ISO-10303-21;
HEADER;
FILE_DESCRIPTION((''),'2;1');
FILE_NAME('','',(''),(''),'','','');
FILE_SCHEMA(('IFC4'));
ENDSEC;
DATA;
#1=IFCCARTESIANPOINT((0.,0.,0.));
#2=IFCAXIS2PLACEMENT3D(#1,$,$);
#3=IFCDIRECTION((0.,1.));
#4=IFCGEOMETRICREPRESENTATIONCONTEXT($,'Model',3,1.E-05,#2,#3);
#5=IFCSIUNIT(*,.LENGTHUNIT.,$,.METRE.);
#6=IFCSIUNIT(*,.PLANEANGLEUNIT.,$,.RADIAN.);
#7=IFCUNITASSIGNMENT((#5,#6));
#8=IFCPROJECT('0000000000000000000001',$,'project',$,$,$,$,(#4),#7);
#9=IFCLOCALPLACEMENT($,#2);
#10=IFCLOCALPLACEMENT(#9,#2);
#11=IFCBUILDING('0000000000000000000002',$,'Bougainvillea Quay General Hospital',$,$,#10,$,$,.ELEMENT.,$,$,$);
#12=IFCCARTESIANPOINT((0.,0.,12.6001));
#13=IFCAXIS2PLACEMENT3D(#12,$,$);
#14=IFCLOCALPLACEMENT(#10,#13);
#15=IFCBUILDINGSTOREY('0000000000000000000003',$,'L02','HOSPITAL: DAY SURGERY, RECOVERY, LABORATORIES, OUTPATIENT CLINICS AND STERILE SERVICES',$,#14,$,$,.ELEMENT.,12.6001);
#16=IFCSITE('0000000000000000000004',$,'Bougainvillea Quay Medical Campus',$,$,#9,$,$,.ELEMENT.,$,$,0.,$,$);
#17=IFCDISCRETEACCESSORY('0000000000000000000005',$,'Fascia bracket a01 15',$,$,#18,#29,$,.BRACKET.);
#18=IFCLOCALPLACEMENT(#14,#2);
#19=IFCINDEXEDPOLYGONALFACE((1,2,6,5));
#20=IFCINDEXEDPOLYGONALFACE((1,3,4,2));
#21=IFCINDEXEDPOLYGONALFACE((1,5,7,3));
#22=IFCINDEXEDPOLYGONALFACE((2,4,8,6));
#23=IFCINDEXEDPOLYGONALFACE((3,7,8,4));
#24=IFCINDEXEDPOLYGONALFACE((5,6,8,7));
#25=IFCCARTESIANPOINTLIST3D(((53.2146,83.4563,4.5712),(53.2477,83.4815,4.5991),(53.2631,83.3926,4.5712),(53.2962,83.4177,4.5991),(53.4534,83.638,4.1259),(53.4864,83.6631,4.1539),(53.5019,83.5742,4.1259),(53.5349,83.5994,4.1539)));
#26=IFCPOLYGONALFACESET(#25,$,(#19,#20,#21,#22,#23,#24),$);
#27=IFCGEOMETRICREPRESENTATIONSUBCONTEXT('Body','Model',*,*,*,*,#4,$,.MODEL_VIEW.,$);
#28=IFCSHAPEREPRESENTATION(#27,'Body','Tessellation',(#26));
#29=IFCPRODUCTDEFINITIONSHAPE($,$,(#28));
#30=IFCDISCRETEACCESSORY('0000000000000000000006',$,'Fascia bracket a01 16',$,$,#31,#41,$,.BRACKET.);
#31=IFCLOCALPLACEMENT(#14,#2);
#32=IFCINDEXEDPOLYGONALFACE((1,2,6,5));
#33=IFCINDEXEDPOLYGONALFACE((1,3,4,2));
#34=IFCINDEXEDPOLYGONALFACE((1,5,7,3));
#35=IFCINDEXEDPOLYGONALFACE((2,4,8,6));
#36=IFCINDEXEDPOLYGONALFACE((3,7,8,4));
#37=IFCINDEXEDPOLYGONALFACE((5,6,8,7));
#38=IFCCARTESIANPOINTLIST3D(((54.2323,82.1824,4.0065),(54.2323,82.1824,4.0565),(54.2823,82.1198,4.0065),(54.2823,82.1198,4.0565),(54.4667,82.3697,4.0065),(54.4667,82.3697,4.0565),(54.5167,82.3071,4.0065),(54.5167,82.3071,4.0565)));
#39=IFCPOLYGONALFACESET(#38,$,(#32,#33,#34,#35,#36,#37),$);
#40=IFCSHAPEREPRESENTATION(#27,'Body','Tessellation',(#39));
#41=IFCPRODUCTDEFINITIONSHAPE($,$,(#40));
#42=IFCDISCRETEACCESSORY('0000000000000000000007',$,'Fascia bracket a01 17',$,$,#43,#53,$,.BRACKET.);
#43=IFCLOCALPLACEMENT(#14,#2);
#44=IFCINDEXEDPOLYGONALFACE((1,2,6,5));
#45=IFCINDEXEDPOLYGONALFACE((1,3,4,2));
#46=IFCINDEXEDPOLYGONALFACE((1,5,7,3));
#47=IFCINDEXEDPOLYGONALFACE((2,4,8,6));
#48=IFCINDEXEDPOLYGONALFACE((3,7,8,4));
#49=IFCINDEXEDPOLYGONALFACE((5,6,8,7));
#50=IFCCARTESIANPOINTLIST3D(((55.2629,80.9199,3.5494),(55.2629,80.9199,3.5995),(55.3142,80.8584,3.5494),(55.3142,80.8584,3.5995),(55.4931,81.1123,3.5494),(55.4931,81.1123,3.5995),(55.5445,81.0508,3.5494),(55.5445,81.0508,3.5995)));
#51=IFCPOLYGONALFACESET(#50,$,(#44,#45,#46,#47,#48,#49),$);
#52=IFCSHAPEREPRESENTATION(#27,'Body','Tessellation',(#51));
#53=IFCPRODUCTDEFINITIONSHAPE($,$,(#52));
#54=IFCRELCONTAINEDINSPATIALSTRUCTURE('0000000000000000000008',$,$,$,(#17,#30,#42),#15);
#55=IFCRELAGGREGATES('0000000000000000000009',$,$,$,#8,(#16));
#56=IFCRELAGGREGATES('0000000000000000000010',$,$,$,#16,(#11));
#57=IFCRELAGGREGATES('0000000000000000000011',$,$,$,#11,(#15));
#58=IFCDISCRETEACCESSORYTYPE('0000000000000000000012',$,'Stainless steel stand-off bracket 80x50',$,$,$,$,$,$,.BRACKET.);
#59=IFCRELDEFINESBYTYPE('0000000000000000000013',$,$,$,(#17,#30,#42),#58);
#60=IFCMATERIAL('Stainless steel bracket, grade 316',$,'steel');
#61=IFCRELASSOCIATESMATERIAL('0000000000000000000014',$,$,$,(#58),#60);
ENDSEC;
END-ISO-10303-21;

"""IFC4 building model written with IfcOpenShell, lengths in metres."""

from ifc_helpers import new_model, si_unit, direction, frame, origin, origin_2d, place, context, subcontext, project, spatial, rectangle, extrude, material, material_profile, profile_set, type_object, element, save


model = new_model("IFC4")

# Units and contexts
model_context = context("Model", 3, precision=1e-05, world=origin(), true_north=direction((0.0, 1.0)))
body_context = subcontext(model_context, "Body", "Model", "MODEL_VIEW")
ifc_project = project(units=[si_unit("LENGTHUNIT", "METRE"), si_unit("PLANEANGLEUNIT", "RADIAN")], contexts=[model_context])

# Site, building, storey
site_placement = place(None, origin())
site = spatial("IfcSite", under=ifc_project, at=site_placement, Name="Bougainvillea Quay Medical Campus", CompositionType="ELEMENT", RefElevation=0.0)
building_placement = place(site_placement, origin())
building = spatial("IfcBuilding", under=site, at=building_placement, Name="Bougainvillea Quay General Hospital", CompositionType="ELEMENT")
storey_placement = place(building_placement, frame((0.0, 0.0, 12.6001)))
storey = spatial("IfcBuildingStorey", under=building, at=storey_placement, Name="L02", Description="HOSPITAL: DAY SURGERY, RECOVERY, LABORATORIES, OUTPATIENT CLINICS AND STERILE SERVICES", CompositionType="ELEMENT", Elevation=12.6001)

# Discrete accessories
ifc_material_1 = material(Name="Stainless steel bracket, grade 316", Category="steel")
ifc_material_profile_1 = material_profile(ifc_material_1, rectangle(XDim=0.0801, YDim=0.05, at=origin_2d()))
ifc_profile_set_1 = profile_set([ifc_material_profile_1], Name="Stainless steel bracket, grade 316")
discrete_accessory_type = type_object("IfcDiscreteAccessoryType", Name="Stainless steel stand-off bracket 80x50", PredefinedType="BRACKET", material=ifc_profile_set_1)
discrete_accessory_placement = place(storey_placement, frame((53.4941, 83.6187, 4.1399), z_axis=(-0.444683, -0.338287, 0.829348), x_axis=(0.605455, -0.79588, 0.0)))
element("IfcDiscreteAccessory", 1, at=discrete_accessory_placement, inside=storey, type_object=discrete_accessory_type, Name="Fascia bracket a01 15", PredefinedType="BRACKET", context=body_context, shape_type="SweptSolid", body=[
    extrude(rectangle(XDim=0.0801, YDim=0.05, at=origin_2d()), origin(), (0.0, 0.0, 1.0), 0.5369),
])
for number, where, z_axis, x_axis, name in (
    (2, (54.4917, 82.3384, 4.0315), (-0.781266, -0.624199, 0.0), (0.624199, -0.781266, 0.0), "Fascia bracket a01 16"),
    (3, (55.5188, 81.0815, 3.5745), (-0.767353, -0.641224, 0.0), (0.641224, -0.767353, 0.0), "Fascia bracket a01 17"),
):
    element("IfcDiscreteAccessory", number, at=place(storey_placement, frame(where, z_axis=z_axis, x_axis=x_axis)), inside=storey, type_object=discrete_accessory_type, Name=name, PredefinedType="BRACKET", context=body_context, shape_type="SweptSolid", body=[
        extrude(rectangle(XDim=0.0801, YDim=0.05, at=origin_2d()), origin(), (0.0, 0.0, 1.0), 0.3),
    ])

save(model, "model.ifc")
